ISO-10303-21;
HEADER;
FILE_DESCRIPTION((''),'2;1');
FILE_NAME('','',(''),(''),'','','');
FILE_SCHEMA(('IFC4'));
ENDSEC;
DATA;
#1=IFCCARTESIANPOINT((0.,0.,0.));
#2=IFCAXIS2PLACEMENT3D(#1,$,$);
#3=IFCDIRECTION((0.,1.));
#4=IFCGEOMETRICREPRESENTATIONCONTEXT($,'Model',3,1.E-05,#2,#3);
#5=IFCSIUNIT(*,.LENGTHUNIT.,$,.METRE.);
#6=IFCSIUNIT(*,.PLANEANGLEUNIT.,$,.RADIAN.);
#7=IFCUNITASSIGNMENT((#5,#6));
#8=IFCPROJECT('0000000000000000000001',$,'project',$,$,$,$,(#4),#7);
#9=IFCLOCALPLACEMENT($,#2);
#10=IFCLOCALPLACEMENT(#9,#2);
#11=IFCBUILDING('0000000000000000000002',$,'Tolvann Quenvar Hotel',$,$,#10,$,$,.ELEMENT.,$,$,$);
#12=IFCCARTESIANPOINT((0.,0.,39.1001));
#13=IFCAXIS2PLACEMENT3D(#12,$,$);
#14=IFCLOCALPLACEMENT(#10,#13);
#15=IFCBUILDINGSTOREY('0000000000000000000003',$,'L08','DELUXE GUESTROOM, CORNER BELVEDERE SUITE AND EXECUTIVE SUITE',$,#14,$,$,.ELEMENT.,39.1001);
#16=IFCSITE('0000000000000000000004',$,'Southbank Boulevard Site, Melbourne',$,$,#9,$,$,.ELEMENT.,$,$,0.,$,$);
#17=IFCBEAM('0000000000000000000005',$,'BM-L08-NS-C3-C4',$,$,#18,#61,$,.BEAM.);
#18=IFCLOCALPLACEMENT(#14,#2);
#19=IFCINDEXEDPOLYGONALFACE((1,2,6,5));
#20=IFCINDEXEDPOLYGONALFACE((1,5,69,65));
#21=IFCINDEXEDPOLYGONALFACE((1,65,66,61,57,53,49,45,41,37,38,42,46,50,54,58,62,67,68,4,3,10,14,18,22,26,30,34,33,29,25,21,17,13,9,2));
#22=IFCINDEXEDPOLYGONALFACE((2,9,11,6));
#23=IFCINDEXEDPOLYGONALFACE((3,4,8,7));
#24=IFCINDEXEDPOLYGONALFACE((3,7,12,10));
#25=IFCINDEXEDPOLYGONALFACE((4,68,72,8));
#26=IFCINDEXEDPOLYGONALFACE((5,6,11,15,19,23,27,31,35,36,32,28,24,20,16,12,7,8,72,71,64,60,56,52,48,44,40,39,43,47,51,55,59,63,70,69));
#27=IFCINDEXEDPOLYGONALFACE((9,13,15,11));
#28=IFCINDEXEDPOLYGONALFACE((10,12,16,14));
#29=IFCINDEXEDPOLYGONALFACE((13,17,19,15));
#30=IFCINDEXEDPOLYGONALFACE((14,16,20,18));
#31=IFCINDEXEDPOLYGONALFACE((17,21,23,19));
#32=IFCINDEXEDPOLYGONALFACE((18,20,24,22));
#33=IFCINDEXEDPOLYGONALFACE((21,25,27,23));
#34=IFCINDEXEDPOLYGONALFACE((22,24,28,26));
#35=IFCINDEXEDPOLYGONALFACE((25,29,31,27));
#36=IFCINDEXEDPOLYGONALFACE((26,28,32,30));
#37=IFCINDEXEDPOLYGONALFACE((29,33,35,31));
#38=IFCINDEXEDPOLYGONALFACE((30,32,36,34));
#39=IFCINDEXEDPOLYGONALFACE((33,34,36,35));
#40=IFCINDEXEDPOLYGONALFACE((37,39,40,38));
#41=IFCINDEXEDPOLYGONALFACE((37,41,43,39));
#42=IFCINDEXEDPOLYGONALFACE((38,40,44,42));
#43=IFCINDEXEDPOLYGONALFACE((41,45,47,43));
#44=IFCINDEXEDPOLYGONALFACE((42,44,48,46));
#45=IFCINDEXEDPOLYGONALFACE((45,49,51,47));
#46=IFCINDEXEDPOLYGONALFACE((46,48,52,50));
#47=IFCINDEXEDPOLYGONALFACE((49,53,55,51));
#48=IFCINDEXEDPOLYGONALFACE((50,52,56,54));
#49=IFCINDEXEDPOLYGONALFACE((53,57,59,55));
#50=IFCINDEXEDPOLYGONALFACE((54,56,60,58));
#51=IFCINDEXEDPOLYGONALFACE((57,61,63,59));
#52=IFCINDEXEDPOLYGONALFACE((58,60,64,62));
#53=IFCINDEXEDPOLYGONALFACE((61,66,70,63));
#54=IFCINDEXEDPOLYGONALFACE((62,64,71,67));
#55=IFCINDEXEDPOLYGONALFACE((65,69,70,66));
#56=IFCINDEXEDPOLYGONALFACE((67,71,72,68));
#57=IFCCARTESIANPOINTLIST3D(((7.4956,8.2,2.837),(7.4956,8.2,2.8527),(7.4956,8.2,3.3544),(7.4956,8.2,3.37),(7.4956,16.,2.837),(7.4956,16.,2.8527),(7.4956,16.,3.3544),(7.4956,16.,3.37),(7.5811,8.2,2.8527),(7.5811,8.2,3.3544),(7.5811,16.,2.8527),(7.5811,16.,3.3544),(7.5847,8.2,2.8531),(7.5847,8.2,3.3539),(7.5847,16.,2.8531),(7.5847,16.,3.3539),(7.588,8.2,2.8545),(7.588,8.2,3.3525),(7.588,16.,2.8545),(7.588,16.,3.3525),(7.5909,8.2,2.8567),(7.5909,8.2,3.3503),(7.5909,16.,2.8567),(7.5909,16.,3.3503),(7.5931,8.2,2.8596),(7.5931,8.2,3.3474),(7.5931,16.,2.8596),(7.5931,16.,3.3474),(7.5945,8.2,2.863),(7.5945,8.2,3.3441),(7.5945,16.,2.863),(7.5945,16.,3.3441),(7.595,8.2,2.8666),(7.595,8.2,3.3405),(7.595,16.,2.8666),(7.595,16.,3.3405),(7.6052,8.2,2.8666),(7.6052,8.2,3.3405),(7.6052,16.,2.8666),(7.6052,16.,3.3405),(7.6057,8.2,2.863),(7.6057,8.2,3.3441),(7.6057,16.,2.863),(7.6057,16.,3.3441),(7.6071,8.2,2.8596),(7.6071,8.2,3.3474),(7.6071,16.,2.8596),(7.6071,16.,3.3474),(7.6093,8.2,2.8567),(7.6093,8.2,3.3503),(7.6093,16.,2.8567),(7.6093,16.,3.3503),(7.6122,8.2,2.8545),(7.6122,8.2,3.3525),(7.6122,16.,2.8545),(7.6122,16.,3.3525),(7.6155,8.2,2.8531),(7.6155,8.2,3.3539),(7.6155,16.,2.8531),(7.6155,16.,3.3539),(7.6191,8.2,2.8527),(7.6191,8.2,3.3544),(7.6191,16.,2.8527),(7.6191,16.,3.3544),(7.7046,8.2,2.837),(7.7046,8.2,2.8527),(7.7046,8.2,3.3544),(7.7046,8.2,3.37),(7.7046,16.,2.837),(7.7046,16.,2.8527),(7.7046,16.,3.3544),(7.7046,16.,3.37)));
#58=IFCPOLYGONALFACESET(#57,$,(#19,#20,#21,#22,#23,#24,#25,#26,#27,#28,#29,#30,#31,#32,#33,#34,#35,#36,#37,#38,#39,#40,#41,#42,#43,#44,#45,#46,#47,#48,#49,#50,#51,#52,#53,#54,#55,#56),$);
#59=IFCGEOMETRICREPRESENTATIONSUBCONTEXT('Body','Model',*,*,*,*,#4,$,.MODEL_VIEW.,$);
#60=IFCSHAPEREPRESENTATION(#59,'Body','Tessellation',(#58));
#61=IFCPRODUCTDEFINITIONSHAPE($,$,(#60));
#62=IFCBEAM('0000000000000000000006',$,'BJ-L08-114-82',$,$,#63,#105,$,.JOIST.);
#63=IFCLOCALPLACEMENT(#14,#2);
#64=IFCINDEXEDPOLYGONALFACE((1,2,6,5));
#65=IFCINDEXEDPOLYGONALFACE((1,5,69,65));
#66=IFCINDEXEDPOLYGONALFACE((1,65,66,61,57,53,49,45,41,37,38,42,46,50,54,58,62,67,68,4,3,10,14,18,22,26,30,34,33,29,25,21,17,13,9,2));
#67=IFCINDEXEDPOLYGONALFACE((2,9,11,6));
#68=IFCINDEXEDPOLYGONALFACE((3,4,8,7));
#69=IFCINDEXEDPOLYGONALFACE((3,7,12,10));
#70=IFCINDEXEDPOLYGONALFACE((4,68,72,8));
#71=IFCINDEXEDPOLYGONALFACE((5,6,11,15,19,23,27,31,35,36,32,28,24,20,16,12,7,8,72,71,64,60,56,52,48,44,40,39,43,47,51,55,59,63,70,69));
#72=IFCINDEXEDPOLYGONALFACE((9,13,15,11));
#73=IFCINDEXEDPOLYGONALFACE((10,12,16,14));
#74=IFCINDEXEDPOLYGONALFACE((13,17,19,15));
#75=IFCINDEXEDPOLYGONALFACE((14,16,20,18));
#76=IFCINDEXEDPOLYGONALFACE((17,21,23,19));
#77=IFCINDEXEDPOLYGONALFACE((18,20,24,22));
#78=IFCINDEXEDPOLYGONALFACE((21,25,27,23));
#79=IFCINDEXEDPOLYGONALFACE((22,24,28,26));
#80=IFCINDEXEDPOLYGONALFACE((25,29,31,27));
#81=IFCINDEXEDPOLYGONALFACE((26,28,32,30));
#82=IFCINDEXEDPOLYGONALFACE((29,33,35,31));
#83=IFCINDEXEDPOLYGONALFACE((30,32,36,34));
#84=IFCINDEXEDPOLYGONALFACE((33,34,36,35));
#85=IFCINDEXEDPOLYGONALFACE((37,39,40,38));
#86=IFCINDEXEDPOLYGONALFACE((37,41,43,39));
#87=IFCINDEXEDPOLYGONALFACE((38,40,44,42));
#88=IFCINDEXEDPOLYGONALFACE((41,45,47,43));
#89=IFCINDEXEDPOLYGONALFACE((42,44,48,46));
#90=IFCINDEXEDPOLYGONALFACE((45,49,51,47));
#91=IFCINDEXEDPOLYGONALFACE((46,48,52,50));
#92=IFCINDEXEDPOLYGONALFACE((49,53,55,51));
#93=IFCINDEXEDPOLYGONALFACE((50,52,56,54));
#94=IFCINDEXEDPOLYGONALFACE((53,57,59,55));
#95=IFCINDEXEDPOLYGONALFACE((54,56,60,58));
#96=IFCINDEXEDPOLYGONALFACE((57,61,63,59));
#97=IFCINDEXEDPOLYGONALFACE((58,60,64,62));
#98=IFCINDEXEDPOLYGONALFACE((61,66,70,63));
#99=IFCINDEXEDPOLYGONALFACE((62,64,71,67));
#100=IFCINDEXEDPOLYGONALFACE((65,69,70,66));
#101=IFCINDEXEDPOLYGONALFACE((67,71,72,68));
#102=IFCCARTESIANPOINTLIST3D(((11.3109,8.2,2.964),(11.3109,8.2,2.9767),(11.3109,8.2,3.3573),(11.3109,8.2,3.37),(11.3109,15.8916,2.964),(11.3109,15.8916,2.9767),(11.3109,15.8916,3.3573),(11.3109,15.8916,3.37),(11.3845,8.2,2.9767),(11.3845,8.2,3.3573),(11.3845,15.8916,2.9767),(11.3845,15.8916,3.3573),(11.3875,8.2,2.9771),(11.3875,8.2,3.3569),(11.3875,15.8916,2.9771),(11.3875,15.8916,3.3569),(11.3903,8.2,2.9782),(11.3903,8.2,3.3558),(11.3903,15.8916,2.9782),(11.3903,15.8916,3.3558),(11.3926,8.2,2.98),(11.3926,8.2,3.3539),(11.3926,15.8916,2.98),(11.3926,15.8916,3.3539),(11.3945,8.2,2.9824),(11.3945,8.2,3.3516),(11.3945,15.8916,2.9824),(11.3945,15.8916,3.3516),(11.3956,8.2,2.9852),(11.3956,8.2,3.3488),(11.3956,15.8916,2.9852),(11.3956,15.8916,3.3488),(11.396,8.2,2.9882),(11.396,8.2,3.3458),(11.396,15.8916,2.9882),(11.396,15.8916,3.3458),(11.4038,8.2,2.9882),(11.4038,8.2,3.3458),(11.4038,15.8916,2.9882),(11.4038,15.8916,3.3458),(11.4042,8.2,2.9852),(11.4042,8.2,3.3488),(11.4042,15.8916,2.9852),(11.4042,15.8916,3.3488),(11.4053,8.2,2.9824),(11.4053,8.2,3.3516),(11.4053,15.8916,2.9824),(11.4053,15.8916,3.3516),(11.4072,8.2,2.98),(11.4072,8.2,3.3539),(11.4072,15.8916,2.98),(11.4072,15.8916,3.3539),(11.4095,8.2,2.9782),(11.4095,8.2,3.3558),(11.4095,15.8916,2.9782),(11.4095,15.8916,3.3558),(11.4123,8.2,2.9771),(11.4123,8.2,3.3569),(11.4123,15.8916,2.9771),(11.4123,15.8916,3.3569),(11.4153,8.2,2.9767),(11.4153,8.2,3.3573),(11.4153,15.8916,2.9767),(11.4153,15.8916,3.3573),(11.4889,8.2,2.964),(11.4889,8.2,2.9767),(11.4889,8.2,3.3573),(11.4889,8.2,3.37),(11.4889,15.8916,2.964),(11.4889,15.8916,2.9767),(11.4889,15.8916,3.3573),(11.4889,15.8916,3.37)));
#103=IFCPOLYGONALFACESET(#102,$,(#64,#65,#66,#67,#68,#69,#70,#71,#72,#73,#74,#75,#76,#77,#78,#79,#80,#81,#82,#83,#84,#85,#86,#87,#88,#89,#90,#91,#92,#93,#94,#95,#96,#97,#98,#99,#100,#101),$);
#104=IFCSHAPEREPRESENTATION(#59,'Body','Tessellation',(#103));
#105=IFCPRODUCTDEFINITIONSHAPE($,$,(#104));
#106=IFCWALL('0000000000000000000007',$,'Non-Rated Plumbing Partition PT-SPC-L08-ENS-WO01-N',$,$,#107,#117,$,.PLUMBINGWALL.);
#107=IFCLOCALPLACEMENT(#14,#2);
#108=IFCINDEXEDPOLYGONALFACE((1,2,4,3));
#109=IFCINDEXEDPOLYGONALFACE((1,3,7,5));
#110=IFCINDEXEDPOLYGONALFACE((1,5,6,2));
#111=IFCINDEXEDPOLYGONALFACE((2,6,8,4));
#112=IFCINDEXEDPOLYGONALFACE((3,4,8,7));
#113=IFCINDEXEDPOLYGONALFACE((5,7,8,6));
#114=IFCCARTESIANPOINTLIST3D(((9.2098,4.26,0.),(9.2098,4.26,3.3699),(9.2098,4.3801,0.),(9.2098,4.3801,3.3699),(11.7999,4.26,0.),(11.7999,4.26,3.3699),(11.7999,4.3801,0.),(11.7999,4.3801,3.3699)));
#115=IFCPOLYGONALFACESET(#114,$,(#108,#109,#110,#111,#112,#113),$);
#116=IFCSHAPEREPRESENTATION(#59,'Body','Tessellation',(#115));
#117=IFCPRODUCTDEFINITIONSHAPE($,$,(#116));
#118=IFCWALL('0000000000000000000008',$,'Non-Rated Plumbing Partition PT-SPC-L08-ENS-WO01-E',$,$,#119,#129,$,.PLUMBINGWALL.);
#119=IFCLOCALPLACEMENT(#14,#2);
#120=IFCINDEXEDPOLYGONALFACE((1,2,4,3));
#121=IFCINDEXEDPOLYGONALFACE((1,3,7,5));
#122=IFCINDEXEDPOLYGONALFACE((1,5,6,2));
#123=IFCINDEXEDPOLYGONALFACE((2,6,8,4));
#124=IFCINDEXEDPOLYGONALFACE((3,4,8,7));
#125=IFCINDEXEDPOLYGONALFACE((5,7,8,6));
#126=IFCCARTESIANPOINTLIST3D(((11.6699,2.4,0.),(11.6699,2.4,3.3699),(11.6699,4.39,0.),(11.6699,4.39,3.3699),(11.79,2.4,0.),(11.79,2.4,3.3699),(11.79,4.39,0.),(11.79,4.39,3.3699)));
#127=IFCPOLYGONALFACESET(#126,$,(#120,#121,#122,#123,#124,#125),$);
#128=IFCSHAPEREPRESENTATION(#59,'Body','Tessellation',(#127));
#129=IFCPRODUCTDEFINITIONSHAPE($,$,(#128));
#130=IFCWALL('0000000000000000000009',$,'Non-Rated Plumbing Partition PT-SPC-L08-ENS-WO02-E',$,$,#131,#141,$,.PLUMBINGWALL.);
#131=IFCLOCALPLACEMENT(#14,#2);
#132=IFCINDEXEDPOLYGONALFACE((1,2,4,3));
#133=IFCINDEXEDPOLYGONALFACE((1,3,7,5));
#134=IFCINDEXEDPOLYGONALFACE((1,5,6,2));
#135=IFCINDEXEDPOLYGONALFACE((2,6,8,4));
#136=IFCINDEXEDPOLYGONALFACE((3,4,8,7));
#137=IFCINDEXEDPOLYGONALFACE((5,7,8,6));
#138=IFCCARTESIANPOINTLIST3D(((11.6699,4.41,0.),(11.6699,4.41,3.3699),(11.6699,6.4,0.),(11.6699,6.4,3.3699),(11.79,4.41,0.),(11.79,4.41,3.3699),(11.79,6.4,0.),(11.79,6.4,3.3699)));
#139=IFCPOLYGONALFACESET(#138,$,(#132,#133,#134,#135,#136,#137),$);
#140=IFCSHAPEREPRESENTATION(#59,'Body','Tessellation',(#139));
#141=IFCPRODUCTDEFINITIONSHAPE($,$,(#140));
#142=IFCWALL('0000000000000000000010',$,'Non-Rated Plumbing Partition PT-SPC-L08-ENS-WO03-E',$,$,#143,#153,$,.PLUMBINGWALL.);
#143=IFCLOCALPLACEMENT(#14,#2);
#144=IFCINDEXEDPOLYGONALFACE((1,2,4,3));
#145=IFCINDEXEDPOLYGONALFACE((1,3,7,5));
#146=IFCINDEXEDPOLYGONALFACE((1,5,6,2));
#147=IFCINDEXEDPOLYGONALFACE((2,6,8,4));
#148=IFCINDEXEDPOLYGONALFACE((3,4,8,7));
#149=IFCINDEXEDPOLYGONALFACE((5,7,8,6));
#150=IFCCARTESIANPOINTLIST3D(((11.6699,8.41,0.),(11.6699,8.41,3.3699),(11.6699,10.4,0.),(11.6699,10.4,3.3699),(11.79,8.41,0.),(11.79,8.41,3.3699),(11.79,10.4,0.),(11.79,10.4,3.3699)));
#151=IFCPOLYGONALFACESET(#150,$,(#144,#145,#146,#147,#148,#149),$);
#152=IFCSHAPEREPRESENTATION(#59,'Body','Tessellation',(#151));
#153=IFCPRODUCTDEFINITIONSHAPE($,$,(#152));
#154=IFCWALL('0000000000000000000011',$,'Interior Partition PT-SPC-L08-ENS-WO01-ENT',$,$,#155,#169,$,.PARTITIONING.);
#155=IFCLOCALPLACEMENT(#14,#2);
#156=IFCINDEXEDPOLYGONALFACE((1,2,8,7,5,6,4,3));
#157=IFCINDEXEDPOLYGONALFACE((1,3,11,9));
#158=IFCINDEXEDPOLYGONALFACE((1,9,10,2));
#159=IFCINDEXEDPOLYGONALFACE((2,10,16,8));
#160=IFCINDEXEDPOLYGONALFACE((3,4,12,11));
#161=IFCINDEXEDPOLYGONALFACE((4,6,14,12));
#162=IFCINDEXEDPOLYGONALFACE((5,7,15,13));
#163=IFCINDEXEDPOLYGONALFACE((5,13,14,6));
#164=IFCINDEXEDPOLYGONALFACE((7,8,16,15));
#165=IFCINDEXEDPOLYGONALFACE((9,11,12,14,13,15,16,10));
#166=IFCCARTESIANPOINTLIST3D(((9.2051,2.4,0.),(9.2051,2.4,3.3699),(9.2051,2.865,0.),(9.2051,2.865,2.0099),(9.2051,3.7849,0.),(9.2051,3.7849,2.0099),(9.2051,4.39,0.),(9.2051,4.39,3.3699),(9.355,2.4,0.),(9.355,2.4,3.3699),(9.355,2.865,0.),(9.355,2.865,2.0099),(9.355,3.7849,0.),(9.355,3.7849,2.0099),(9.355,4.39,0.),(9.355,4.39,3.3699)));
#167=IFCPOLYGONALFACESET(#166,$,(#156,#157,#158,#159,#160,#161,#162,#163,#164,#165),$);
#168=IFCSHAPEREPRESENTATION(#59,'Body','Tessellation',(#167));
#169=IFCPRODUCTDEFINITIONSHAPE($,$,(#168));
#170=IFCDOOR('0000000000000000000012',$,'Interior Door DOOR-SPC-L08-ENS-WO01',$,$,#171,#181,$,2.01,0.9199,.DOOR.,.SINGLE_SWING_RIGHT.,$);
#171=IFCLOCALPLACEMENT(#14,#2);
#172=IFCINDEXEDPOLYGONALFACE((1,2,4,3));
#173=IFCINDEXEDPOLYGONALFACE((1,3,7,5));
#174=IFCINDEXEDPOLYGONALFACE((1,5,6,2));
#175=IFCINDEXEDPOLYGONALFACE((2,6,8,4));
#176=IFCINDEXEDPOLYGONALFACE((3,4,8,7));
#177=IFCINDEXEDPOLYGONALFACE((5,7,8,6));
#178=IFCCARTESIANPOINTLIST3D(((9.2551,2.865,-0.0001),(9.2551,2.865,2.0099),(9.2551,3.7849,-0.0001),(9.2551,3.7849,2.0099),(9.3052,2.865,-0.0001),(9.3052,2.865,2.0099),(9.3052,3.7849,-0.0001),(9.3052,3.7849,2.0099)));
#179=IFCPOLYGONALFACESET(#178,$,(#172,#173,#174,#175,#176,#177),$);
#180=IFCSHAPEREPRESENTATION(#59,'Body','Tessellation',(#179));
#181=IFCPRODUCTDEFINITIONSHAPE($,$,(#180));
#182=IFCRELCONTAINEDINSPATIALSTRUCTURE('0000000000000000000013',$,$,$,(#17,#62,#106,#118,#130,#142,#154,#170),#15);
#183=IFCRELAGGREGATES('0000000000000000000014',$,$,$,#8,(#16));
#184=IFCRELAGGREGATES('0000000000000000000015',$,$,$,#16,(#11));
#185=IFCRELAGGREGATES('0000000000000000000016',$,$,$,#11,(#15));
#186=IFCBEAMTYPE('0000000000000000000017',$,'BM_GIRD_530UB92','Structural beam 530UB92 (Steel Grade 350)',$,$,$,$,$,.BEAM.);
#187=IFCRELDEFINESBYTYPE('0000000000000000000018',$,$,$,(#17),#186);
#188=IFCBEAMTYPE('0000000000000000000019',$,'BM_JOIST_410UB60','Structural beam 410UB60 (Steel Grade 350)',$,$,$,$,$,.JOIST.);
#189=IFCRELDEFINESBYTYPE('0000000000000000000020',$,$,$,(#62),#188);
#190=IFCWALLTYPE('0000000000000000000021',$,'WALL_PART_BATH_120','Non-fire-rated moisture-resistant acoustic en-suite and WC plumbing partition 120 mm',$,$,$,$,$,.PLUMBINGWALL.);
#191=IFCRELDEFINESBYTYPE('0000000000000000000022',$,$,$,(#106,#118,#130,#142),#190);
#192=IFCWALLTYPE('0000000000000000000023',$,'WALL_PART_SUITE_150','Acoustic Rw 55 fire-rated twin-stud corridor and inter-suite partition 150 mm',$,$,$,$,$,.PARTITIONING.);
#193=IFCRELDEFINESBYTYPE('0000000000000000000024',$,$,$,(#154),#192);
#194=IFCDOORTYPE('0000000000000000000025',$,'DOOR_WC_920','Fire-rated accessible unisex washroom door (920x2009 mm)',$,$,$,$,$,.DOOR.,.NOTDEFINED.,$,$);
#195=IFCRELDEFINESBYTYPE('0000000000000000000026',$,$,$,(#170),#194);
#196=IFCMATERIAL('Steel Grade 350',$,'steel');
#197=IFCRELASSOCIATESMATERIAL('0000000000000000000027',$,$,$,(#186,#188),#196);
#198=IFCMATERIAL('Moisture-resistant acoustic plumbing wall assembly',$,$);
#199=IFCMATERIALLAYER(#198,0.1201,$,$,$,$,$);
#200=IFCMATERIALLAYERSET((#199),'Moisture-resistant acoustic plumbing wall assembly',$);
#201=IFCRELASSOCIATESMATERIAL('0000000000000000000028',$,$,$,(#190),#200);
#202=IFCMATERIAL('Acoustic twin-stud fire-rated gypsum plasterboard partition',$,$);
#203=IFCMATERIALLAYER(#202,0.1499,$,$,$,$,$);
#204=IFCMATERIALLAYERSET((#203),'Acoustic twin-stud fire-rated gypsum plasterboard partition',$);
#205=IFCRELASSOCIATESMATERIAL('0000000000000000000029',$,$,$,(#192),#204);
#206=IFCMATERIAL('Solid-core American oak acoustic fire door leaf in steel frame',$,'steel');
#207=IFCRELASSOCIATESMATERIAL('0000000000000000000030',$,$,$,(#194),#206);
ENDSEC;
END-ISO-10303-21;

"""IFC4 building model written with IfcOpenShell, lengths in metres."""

from ifc_helpers import new_model, si_unit, direction, frame, frame_2d, origin, origin_2d, place, context, subcontext, project, spatial, rectangle, i_section, extrude, source, transform, mapped, material, layer, layer_set, material_profile, profile_set, type_object, type_shapes, element, fill, save


model = new_model("IFC4")

# Units and contexts
model_context = context("Model", 3, precision=1e-05, world=origin(), true_north=direction((0.0, 1.0)))
body_context = subcontext(model_context, "Body", "Model", "MODEL_VIEW")
ifc_project = project(units=[si_unit("LENGTHUNIT", "METRE"), si_unit("PLANEANGLEUNIT", "RADIAN")], contexts=[model_context])

# Site, building, storey
site_placement = place(None, origin())
site = spatial("IfcSite", under=ifc_project, at=site_placement, Name="Southbank Boulevard Site, Melbourne", CompositionType="ELEMENT", RefElevation=0.0)
building_placement = place(site_placement, origin())
building = spatial("IfcBuilding", under=site, at=building_placement, Name="Tolvann Quenvar Hotel", CompositionType="ELEMENT")
storey_placement = place(building_placement, frame((0.0, 0.0, 39.1001)))
storey = spatial("IfcBuildingStorey", under=building, at=storey_placement, Name="L08", Description="DELUXE GUESTROOM, CORNER BELVEDERE SUITE AND EXECUTIVE SUITE", CompositionType="ELEMENT", Elevation=39.1001)

# Beams
ifc_material_1 = material(Name="Steel Grade 350", Category="steel")
ifc_material_profile_1 = material_profile(ifc_material_1, i_section(OverallWidth=0.209, OverallDepth=0.533, WebThickness=0.0103, FlangeThickness=0.0156, FilletRadius=0.0139, at=origin_2d()), Name="530UB92")
ifc_profile_set_1 = profile_set([ifc_material_profile_1], Name="Steel Grade 350")
beam_type_1 = type_object("IfcBeamType", Name="BM_GIRD_530UB92", Description="Structural beam 530UB92 (Steel Grade 350)", PredefinedType="BEAM", material=ifc_profile_set_1)
shared_shape_1 = source(origin(), body_context, "Body", "SweptSolid", [
    extrude(i_section(OverallWidth=0.209, OverallDepth=0.533, WebThickness=0.0103, FlangeThickness=0.0156, FilletRadius=0.0139, at=origin_2d()), origin(), (0.0, 0.0, 1.0), 7.8),
])
type_shapes(beam_type_1, [shared_shape_1])
beam_1_placement = place(storey_placement, frame((7.6001, 8.2, 3.1035), z_axis=(0.0, 1.0, 0.0), x_axis=(-1.0, 0.0, 0.0)))
element("IfcBeam", 1, at=beam_1_placement, inside=storey, type_object=beam_type_1, Name="BM-L08-NS-C3-C4", PredefinedType="BEAM", context=body_context, shape_type="MappedRepresentation", body=[
    mapped(shared_shape_1, transform((0.0, 0.0, 0.0), x_axis=(1.0, 0.0, 0.0), y_axis=(0.0, 1.0, 0.0), z_axis=(0.0, 0.0, 1.0), scale=1.0)),
])
ifc_material_profile_2 = material_profile(ifc_material_1, i_section(OverallWidth=0.178, OverallDepth=0.406, WebThickness=0.0078, FlangeThickness=0.0127, FilletRadius=0.0115, at=origin_2d()), Name="410UB60")
ifc_profile_set_2 = profile_set([ifc_material_profile_2], Name="Steel Grade 350")
beam_type_2 = type_object("IfcBeamType", Name="BM_JOIST_410UB60", Description="Structural beam 410UB60 (Steel Grade 350)", PredefinedType="JOIST", material=ifc_profile_set_2)
shared_shape_2 = source(origin(), body_context, "Body", "SweptSolid", [
    extrude(i_section(OverallWidth=0.178, OverallDepth=0.406, WebThickness=0.0078, FlangeThickness=0.0127, FilletRadius=0.0115, at=origin_2d()), origin(), (0.0, 0.0, 1.0), 7.6917),
])
type_shapes(beam_type_2, [shared_shape_2])
beam_2_placement = place(storey_placement, frame((11.3999, 8.2, 3.167), z_axis=(0.0, 1.0, 0.0), x_axis=(-1.0, 0.0, 0.0)))
element("IfcBeam", 2, at=beam_2_placement, inside=storey, type_object=beam_type_2, Name="BJ-L08-114-82", PredefinedType="JOIST", context=body_context, shape_type="MappedRepresentation", body=[
    mapped(shared_shape_2, transform((0.0, 0.0, 0.0), x_axis=(1.0, 0.0, 0.0), y_axis=(0.0, 1.0, 0.0), z_axis=(0.0, 0.0, 1.0), scale=1.0)),
])

# Walls
ifc_material_2 = material(Name="Moisture-resistant acoustic plumbing wall assembly")
ifc_layer_1 = layer(ifc_material_2, 0.1201)
ifc_layer_set_1 = layer_set([ifc_layer_1], Name="Moisture-resistant acoustic plumbing wall assembly")
wall_type_1 = type_object("IfcWallType", Name="WALL_PART_BATH_120", Description="Non-fire-rated moisture-resistant acoustic en-suite and WC plumbing partition 120 mm", PredefinedType="PLUMBINGWALL", material=ifc_layer_set_1)
wall_1_placement = place(storey_placement, frame((9.21, 4.3201, 0.0), z_axis=(0.0, 0.0, 1.0), x_axis=(1.0, 0.0, 0.0)))
element("IfcWall", 3, at=wall_1_placement, inside=storey, type_object=wall_type_1, Name="Non-Rated Plumbing Partition PT-SPC-L08-ENS-WO01-N", PredefinedType="PLUMBINGWALL", context=body_context, shape_type="SweptSolid", body=[
    extrude(rectangle(XDim=2.5901, YDim=0.1201, at=frame_2d((1.2949, 0.0))), origin(), (0.0, 0.0, 1.0), 3.3699),
])
for number, where, z_axis, x_axis, name in (
    (4, (11.73, 2.3999, 0.0), (0.0, 0.0, 1.0), (0.0, 1.0, 0.0), "Non-Rated Plumbing Partition PT-SPC-L08-ENS-WO01-E"),
    (5, (11.73, 4.4099, 0.0), (0.0, 0.0, 1.0), (0.0, 1.0, 0.0), "Non-Rated Plumbing Partition PT-SPC-L08-ENS-WO02-E"),
    (6, (11.73, 8.4099, 0.0), (0.0, 0.0, 1.0), (0.0, 1.0, 0.0), "Non-Rated Plumbing Partition PT-SPC-L08-ENS-WO03-E"),
):
    element("IfcWall", number, at=place(storey_placement, frame(where, z_axis=z_axis, x_axis=x_axis)), inside=storey, type_object=wall_type_1, Name=name, PredefinedType="PLUMBINGWALL", context=body_context, shape_type="SweptSolid", body=[
        extrude(rectangle(XDim=1.99, YDim=0.1201, at=frame_2d((0.9951, 0.0))), origin(), (0.0, 0.0, 1.0), 3.3699),
    ])

# Wall, opening, door
ifc_material_3 = material(Name="Acoustic twin-stud fire-rated gypsum plasterboard partition")
ifc_layer_2 = layer(ifc_material_3, 0.1499)
ifc_layer_set_2 = layer_set([ifc_layer_2], Name="Acoustic twin-stud fire-rated gypsum plasterboard partition")
wall_type_2 = type_object("IfcWallType", Name="WALL_PART_SUITE_150", Description="Acoustic Rw 55 fire-rated twin-stud corridor and inter-suite partition 150 mm", PredefinedType="PARTITIONING", material=ifc_layer_set_2)
wall_2_placement = place(storey_placement, frame((9.28, 2.3999, 0.0), z_axis=(0.0, 0.0, 1.0), x_axis=(0.0, 1.0, 0.0)))
wall_2 = element("IfcWall", 7, at=wall_2_placement, inside=storey, type_object=wall_type_2, Name="Interior Partition PT-SPC-L08-ENS-WO01-ENT", PredefinedType="PARTITIONING", context=body_context, shape_type="SweptSolid", body=[
    extrude(rectangle(XDim=1.99, YDim=0.1499, at=frame_2d((0.9951, 0.0))), origin(), (0.0, 0.0, 1.0), 3.3699),
])
opening_1_placement = place(wall_2_placement, frame((0.4651, 0.0, 0.0)))
opening_1 = element("IfcOpeningElement", 8, at=opening_1_placement, cuts=wall_2, PredefinedType="OPENING", context=body_context, shape_type="SweptSolid", body=[
    extrude(rectangle(XDim=0.9199, YDim=2.01, at=frame_2d((0.46, 1.0049))), frame((0.0, 0.085, 0.0), z_axis=(0.0, -1.0, 0.0), x_axis=(1.0, 0.0, 0.0)), (0.0, 0.0, 1.0), 0.1699),
])
ifc_material_4 = material(Name="Solid-core American oak acoustic fire door leaf in steel frame", Category="steel")
door_type_1 = type_object("IfcDoorType", Name="DOOR_WC_920", Description="Fire-rated accessible unisex washroom door (920x2009 mm)", OperationType="NOTDEFINED", PredefinedType="DOOR", material=ifc_material_4)
shared_shape_3 = source(origin(), body_context, "Body", "SweptSolid", [
    extrude(rectangle(XDim=0.9199, YDim=2.01, at=frame_2d((0.46, 1.0049))), frame((0.0, 0.0249, 0.0), z_axis=(0.0, -1.0, 0.0), x_axis=(1.0, 0.0, 0.0)), (0.0, 0.0, 1.0), 0.05),
])
type_shapes(door_type_1, [shared_shape_3])
door_1_placement = place(opening_1_placement, origin())
door_1 = element("IfcDoor", 9, at=door_1_placement, inside=storey, type_object=door_type_1, Name="Interior Door DOOR-SPC-L08-ENS-WO01", OperationType="SINGLE_SWING_RIGHT", OverallHeight=2.01, OverallWidth=0.9199, PredefinedType="DOOR", context=body_context, shape_type="MappedRepresentation", body=[
    mapped(shared_shape_3, transform((0.0, 0.0, 0.0), x_axis=(1.0, 0.0, 0.0), y_axis=(0.0, 1.0, 0.0), z_axis=(0.0, 0.0, 1.0), scale=1.0)),
])
fill(opening_1, door_1)

save(model, "model.ifc")
